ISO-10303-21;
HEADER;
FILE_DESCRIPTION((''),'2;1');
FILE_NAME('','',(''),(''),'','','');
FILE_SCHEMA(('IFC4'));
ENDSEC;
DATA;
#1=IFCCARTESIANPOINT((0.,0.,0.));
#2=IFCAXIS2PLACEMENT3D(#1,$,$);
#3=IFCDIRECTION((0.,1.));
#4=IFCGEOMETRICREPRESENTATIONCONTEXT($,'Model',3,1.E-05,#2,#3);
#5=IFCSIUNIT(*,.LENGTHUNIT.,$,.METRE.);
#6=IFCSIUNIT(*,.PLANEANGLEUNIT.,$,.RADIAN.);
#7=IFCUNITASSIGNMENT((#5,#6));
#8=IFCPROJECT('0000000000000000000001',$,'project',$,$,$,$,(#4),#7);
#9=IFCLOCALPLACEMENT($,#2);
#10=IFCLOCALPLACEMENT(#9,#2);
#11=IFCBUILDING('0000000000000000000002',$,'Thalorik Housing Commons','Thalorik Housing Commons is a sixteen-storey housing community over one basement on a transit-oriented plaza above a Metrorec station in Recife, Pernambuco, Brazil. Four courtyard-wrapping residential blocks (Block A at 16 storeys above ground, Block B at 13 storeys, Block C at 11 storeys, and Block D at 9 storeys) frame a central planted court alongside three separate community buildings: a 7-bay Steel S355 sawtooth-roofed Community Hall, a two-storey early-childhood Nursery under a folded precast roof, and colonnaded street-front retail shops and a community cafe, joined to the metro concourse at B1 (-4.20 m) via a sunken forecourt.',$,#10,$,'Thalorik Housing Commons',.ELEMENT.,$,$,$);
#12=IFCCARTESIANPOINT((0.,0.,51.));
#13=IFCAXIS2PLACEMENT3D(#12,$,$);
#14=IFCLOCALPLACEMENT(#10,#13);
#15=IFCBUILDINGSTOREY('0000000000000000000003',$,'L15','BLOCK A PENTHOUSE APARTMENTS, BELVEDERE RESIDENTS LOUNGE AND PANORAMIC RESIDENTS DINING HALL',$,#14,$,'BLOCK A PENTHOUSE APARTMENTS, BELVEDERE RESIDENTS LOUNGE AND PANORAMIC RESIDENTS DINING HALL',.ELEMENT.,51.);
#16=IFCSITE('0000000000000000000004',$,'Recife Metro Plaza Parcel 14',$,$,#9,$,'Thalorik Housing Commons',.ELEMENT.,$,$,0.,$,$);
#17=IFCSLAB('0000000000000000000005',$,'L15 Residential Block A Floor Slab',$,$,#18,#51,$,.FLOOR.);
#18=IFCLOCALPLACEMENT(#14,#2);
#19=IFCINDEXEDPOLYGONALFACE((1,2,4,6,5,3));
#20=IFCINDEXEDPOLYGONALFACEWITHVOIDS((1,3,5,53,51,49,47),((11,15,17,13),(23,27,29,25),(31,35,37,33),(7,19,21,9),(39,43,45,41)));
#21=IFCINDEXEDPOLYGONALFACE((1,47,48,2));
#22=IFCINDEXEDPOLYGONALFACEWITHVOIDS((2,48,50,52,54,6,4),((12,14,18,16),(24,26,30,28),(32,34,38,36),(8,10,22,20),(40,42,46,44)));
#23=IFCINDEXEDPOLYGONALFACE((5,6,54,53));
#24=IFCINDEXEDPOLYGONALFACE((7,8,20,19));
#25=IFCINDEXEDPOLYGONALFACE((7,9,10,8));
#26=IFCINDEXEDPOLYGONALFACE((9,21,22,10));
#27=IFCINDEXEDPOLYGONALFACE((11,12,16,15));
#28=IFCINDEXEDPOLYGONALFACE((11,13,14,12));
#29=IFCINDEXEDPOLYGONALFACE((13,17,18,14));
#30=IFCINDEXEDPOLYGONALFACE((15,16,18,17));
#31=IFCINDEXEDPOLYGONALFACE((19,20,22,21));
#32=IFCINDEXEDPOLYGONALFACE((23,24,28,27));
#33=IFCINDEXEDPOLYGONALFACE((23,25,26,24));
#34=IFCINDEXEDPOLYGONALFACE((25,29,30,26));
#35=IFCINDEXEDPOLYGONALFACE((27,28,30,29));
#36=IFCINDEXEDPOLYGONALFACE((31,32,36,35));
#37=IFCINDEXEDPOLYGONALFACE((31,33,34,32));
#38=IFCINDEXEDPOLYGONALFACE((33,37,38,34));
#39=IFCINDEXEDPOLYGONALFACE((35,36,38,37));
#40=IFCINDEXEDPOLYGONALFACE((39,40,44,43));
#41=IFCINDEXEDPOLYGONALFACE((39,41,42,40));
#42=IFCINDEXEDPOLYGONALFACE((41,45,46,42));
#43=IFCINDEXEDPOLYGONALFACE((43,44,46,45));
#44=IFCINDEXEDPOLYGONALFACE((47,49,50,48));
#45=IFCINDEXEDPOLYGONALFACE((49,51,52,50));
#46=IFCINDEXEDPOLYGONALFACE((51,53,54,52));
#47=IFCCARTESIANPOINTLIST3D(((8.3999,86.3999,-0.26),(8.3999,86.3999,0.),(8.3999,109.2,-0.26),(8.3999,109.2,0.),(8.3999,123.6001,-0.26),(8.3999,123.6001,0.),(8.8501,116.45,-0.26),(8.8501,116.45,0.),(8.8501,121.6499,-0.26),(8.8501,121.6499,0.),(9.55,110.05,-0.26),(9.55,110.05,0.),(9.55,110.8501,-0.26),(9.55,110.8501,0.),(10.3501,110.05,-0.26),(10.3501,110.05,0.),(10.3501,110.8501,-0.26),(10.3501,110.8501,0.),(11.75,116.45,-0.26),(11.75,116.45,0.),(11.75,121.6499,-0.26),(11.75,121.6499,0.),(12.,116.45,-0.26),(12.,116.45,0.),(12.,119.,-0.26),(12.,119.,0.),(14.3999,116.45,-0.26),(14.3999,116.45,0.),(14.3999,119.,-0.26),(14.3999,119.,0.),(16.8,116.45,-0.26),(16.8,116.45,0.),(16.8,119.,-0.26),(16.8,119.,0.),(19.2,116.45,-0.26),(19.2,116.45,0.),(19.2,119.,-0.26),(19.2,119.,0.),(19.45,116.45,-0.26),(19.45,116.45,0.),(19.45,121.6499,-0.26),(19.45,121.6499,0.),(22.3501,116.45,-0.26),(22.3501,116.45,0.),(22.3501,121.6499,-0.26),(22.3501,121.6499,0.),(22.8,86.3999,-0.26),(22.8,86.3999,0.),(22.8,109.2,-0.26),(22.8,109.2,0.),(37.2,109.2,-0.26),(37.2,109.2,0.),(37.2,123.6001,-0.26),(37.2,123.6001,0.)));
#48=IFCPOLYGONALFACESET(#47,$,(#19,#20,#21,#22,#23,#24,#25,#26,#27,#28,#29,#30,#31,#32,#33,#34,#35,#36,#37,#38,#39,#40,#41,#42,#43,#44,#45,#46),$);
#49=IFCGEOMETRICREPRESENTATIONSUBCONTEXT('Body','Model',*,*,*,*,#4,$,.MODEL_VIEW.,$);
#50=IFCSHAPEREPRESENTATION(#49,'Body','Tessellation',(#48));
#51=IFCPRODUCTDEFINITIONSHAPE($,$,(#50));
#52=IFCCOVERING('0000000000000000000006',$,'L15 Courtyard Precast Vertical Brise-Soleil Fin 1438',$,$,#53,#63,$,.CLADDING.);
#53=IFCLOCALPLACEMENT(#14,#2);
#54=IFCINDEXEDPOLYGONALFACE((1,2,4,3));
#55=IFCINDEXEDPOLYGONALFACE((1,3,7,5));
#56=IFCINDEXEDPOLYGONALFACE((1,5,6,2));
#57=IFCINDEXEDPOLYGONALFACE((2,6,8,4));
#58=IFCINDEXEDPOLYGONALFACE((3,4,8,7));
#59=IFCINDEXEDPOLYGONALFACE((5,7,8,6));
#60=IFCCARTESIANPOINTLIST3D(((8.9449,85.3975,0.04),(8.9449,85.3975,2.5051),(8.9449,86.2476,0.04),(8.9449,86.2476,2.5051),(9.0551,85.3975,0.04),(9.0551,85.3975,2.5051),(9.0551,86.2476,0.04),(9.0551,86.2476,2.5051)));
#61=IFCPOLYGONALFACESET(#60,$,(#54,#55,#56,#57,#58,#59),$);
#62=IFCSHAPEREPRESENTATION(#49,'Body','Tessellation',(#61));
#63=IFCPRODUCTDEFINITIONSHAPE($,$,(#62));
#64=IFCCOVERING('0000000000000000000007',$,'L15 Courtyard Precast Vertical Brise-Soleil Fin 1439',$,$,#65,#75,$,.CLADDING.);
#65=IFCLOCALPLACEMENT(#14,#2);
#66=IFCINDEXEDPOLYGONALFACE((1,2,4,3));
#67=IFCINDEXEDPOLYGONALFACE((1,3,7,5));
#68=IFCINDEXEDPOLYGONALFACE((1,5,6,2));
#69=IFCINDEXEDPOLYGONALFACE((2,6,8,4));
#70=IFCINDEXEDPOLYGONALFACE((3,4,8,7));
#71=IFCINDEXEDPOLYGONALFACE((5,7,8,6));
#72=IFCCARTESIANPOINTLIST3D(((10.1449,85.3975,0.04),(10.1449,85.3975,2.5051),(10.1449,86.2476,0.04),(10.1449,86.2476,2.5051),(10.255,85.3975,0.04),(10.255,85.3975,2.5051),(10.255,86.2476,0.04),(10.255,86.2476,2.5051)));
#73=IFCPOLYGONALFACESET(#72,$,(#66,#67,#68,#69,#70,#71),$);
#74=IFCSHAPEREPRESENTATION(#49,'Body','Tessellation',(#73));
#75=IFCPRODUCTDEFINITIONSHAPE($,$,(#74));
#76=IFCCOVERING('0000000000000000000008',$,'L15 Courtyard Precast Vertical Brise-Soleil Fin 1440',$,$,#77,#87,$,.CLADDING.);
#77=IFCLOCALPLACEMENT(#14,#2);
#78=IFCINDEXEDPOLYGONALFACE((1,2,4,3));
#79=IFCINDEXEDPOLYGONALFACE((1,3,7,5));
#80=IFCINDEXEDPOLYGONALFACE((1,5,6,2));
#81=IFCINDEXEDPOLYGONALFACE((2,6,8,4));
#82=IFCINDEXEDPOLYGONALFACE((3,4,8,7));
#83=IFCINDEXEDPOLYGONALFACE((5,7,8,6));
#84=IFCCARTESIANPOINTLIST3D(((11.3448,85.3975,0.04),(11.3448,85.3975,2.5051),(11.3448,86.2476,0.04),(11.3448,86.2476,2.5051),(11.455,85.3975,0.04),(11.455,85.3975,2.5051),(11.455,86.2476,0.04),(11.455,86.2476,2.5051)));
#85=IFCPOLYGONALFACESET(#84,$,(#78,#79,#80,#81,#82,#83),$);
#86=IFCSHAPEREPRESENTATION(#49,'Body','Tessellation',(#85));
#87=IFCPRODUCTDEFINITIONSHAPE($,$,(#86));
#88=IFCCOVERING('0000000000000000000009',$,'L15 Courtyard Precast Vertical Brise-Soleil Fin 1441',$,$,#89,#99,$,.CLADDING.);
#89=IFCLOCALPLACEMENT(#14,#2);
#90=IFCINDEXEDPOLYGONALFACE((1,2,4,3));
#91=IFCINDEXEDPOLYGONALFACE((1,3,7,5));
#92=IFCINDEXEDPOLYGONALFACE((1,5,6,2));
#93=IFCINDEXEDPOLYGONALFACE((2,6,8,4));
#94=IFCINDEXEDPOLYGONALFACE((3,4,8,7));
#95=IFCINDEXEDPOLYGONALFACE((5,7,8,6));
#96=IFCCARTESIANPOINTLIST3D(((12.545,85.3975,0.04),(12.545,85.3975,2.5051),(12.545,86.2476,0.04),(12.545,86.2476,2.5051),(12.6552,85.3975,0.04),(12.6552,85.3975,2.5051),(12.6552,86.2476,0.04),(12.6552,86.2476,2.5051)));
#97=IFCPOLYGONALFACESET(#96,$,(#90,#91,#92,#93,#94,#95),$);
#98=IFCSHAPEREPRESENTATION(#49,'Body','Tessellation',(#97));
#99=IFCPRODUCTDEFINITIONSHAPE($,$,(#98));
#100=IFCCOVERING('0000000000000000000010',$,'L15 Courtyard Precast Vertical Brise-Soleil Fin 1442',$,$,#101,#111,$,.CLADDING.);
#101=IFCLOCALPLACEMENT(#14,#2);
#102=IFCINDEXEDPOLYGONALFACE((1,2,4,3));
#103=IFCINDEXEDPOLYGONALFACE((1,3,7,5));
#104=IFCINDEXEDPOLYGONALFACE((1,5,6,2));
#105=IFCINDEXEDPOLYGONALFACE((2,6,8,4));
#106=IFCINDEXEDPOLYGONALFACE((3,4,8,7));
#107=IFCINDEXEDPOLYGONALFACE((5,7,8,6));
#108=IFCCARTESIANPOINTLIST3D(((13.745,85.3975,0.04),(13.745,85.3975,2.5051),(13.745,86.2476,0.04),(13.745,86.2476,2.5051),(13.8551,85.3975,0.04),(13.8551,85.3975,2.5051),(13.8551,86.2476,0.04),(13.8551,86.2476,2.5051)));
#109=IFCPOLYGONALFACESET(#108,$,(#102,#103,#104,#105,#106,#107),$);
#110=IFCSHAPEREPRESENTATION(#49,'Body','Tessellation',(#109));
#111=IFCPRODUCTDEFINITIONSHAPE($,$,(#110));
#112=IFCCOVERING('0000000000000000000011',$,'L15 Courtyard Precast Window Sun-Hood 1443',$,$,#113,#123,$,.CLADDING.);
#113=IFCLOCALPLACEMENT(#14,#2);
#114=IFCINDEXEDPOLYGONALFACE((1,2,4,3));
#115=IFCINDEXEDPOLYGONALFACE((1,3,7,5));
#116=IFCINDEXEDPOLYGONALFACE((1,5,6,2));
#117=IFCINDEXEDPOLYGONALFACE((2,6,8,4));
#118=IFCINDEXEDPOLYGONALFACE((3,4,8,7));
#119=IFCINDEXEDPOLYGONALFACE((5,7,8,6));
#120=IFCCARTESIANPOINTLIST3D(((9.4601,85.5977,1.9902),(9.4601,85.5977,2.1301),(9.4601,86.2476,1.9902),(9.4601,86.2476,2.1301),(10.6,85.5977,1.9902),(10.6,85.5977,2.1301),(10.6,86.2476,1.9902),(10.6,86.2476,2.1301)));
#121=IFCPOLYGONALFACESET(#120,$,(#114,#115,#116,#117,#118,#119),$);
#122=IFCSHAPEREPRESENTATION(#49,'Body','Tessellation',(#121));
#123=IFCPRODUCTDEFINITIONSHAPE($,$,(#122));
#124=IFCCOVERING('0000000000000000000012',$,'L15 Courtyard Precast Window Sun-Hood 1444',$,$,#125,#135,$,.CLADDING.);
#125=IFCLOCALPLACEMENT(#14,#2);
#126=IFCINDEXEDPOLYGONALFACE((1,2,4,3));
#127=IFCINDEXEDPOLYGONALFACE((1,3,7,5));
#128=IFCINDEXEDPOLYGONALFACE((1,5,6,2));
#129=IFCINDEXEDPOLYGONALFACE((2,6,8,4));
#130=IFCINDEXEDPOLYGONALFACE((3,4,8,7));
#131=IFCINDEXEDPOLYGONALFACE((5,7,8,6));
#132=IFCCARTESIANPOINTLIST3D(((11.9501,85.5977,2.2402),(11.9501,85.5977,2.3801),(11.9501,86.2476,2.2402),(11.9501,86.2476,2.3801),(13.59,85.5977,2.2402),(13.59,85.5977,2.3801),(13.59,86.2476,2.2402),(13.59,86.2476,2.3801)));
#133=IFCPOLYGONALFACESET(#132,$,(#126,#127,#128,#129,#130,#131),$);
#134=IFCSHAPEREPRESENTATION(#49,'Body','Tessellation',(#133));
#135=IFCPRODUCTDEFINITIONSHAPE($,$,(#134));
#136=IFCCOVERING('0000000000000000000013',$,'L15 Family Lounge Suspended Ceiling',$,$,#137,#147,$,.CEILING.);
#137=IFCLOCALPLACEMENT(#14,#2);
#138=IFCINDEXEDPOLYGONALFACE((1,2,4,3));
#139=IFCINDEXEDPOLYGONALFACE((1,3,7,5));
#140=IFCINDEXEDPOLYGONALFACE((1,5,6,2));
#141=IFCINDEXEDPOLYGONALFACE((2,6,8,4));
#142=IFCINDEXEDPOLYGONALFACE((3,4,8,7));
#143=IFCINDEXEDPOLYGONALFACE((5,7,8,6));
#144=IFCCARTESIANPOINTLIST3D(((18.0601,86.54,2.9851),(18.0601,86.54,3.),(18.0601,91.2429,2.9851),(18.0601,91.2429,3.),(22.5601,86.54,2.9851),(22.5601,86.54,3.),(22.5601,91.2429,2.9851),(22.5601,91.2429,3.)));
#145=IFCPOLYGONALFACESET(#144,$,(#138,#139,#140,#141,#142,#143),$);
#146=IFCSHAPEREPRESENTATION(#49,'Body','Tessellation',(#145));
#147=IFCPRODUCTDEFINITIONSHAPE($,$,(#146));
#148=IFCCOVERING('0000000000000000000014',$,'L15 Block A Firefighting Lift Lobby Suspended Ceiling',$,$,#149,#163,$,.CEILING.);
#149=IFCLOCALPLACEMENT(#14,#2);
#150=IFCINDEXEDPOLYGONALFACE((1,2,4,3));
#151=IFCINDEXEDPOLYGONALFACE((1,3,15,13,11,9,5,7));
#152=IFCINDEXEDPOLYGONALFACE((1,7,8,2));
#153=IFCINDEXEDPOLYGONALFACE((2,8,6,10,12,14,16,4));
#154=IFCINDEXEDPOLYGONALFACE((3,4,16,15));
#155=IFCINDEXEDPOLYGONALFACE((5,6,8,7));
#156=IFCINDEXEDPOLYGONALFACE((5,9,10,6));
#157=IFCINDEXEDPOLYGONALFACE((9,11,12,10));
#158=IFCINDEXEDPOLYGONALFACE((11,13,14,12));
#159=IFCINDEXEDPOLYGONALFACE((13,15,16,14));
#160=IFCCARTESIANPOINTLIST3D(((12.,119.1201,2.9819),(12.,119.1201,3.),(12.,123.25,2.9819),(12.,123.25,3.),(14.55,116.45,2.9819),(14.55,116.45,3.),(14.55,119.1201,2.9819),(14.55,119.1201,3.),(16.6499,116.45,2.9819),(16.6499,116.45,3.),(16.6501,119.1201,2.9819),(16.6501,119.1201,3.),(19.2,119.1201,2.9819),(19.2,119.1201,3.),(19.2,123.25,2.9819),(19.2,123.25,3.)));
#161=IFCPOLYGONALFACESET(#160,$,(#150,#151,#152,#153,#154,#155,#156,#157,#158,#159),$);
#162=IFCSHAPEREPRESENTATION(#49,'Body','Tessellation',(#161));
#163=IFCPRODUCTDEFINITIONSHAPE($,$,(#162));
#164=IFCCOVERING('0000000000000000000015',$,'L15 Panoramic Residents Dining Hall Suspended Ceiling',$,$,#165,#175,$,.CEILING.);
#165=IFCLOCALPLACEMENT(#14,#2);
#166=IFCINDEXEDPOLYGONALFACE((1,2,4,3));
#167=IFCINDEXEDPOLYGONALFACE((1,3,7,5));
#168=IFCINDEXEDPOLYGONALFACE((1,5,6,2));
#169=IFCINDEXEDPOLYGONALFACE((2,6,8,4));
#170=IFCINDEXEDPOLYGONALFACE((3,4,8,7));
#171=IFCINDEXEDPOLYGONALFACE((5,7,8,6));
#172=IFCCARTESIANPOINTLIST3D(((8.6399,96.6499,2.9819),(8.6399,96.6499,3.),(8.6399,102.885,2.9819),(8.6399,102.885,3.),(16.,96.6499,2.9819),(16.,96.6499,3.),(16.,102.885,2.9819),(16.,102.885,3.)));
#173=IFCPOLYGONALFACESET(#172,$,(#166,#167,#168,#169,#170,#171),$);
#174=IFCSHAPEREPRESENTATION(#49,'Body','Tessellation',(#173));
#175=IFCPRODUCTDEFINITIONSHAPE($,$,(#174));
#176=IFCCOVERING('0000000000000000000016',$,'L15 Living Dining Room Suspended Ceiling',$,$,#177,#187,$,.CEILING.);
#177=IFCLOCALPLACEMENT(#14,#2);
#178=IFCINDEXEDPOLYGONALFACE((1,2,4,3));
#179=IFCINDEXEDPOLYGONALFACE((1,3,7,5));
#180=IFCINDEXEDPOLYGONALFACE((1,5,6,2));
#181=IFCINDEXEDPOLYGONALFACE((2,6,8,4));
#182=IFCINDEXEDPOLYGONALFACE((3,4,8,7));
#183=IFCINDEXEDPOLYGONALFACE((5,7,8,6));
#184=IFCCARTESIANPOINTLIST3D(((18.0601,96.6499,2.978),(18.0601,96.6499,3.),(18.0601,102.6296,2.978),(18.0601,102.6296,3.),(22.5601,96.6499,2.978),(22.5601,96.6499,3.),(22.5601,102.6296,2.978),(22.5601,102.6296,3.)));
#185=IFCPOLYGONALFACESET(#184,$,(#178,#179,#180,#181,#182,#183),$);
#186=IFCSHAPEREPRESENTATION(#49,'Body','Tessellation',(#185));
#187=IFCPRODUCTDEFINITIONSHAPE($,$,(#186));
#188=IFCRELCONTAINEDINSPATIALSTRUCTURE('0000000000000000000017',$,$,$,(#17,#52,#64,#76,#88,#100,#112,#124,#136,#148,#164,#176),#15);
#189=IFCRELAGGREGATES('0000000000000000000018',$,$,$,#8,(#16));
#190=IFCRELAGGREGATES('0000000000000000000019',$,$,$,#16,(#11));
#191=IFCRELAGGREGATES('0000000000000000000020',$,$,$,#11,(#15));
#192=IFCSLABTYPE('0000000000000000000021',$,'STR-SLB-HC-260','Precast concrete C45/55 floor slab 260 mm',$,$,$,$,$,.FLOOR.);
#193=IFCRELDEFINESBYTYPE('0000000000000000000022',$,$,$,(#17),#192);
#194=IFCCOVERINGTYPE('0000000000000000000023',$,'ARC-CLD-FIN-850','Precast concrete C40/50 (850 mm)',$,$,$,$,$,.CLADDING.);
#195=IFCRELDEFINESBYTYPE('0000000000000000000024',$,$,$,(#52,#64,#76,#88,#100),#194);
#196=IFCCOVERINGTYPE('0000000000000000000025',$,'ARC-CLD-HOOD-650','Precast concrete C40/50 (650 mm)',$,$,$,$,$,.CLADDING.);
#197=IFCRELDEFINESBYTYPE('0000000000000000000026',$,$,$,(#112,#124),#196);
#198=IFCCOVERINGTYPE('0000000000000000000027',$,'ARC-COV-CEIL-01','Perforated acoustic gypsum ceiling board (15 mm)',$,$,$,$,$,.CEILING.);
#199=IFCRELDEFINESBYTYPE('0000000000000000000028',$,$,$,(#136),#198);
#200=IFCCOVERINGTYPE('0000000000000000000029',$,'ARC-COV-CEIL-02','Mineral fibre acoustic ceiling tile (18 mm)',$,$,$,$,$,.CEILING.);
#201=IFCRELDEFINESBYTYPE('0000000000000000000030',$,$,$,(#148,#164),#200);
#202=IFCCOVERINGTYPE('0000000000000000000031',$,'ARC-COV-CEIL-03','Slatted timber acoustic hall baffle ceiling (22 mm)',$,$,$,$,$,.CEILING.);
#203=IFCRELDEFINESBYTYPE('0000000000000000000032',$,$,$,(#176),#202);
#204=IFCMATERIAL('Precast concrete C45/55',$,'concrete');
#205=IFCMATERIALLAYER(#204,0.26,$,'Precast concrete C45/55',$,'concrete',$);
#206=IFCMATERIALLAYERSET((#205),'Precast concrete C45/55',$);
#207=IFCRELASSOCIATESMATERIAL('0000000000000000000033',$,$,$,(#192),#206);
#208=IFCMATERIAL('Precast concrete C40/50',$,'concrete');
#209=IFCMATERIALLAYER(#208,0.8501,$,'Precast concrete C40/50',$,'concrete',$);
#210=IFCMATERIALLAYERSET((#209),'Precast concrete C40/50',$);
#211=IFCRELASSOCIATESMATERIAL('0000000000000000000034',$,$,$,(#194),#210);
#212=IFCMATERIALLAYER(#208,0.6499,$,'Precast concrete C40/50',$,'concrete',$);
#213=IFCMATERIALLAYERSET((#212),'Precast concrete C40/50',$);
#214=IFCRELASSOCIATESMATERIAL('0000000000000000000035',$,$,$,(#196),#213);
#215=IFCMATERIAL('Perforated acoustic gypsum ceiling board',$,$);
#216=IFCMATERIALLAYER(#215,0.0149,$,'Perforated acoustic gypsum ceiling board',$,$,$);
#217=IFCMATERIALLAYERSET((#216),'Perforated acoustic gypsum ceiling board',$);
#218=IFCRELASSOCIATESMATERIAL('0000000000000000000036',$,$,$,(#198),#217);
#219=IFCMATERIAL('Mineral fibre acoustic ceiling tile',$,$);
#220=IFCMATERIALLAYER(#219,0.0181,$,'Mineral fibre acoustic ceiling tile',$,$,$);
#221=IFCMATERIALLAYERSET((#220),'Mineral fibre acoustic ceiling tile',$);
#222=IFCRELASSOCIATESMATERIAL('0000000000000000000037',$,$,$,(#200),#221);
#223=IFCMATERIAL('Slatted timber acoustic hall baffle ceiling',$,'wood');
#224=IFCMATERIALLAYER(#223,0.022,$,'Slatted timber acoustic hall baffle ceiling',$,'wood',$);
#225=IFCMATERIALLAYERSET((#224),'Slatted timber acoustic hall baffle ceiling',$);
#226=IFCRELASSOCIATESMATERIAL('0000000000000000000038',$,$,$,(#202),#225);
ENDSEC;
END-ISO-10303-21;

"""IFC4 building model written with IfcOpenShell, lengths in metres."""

from ifc_helpers import new_model, si_unit, direction, frame, origin, origin_2d, place, context, subcontext, project, spatial, polyline, rectangle, outline, extrude, material, layer, layer_set, type_object, element, save


model = new_model("IFC4")

# Units and contexts
model_context = context("Model", 3, precision=1e-05, world=origin(), true_north=direction((0.0, 1.0)))
body_context = subcontext(model_context, "Body", "Model", "MODEL_VIEW")
ifc_project = project(units=[si_unit("LENGTHUNIT", "METRE"), si_unit("PLANEANGLEUNIT", "RADIAN")], contexts=[model_context])

# Site, building, storey
site_placement = place(None, origin())
site = spatial("IfcSite", under=ifc_project, at=site_placement, Name="Recife Metro Plaza Parcel 14", LongName="Thalorik Housing Commons", CompositionType="ELEMENT", RefElevation=0.0)
building_placement = place(site_placement, origin())
building = spatial("IfcBuilding", under=site, at=building_placement, Name="Thalorik Housing Commons", Description="Thalorik Housing Commons is a sixteen-storey housing community over one basement on a transit-oriented plaza above a Metrorec station in Recife, Pernambuco, Brazil. Four courtyard-wrapping residential blocks (Block A at 16 storeys above ground, Block B at 13 storeys, Block C at 11 storeys, and Block D at 9 storeys) frame a central planted court alongside three separate community buildings: a 7-bay Steel S355 sawtooth-roofed Community Hall, a two-storey early-childhood Nursery under a folded precast roof, and colonnaded street-front retail shops and a community cafe, joined to the metro concourse at B1 (-4.20 m) via a sunken forecourt.", LongName="Thalorik Housing Commons", CompositionType="ELEMENT")
storey_placement = place(building_placement, frame((0.0, 0.0, 51.0)))
storey = spatial("IfcBuildingStorey", under=building, at=storey_placement, Name="L15", Description="BLOCK A PENTHOUSE APARTMENTS, BELVEDERE RESIDENTS LOUNGE AND PANORAMIC RESIDENTS DINING HALL", LongName="BLOCK A PENTHOUSE APARTMENTS, BELVEDERE RESIDENTS LOUNGE AND PANORAMIC RESIDENTS DINING HALL", CompositionType="ELEMENT", Elevation=51.0)

# Shared definitions
ifc_material_1 = material(Name="Precast concrete C40/50", Category="concrete")

# Slab
ifc_material_2 = material(Name="Precast concrete C45/55", Category="concrete")
ifc_layer_1 = layer(ifc_material_2, 0.26, Name="Precast concrete C45/55", Category="concrete")
ifc_layer_set_1 = layer_set([ifc_layer_1], Name="Precast concrete C45/55")
slab_type_1 = type_object("IfcSlabType", Name="STR-SLB-HC-260", Description="Precast concrete C45/55 floor slab 260 mm", PredefinedType="FLOOR", material=ifc_layer_set_1)
slab_1_placement = place(storey_placement, frame((0.0, 0.0, -0.26)))
element("IfcSlab", 1, at=slab_1_placement, inside=storey, type_object=slab_type_1, Name="L15 Residential Block A Floor Slab", PredefinedType="FLOOR", context=body_context, shape_type="SweptSolid", body=[
    extrude(outline(polyline([(8.3999, 123.6001), (8.3999, 109.2), (8.3999, 86.3999), (22.8, 86.3999), (22.8, 109.2), (37.2, 109.2), (37.2, 123.6001), (8.3999, 123.6001)]), holes=[polyline([(8.8501, 121.6499), (11.75, 121.6499), (11.75, 116.45), (8.8501, 116.45), (8.8501, 121.6499)]), polyline([(22.3501, 121.6499), (22.3501, 116.45), (19.45, 116.45), (19.45, 121.6499), (22.3501, 121.6499)]), polyline([(14.3999, 119.0), (14.3999, 116.45), (12.0, 116.45), (12.0, 119.0), (14.3999, 119.0)]), polyline([(19.2, 116.45), (16.8, 116.45), (16.8, 119.0), (19.2, 119.0), (19.2, 116.45)]), polyline([(9.55, 110.05), (9.55, 110.8501), (10.3501, 110.8501), (10.3501, 110.05), (9.55, 110.05)])]), origin(), (0.0, 0.0, 1.0), 0.26),
])

# Coverings
ifc_layer_2 = layer(ifc_material_1, 0.8501, Name="Precast concrete C40/50", Category="concrete")
ifc_layer_set_2 = layer_set([ifc_layer_2], Name="Precast concrete C40/50")
covering_type_1 = type_object("IfcCoveringType", Name="ARC-CLD-FIN-850", Description="Precast concrete C40/50 (850 mm)", PredefinedType="CLADDING", material=ifc_layer_set_2)
for number, where, z_axis, x_axis, name in (
    (2, (9.0, 85.8225, 0.04), (0.0, 0.0, 1.0), (1.0, 0.0, 0.0), "L15 Courtyard Precast Vertical Brise-Soleil Fin 1438"),
    (3, (10.2, 85.8225, 0.04), (0.0, 0.0, 1.0), (1.0, 0.0, 0.0), "L15 Courtyard Precast Vertical Brise-Soleil Fin 1439"),
    (4, (11.3999, 85.8225, 0.04), (0.0, 0.0, 1.0), (1.0, 0.0, 0.0), "L15 Courtyard Precast Vertical Brise-Soleil Fin 1440"),
    (5, (12.6001, 85.8225, 0.04), (0.0, 0.0, 1.0), (1.0, 0.0, 0.0), "L15 Courtyard Precast Vertical Brise-Soleil Fin 1441"),
    (6, (13.8, 85.8225, 0.04), (0.0, 0.0, 1.0), (1.0, 0.0, 0.0), "L15 Courtyard Precast Vertical Brise-Soleil Fin 1442"),
):
    element("IfcCovering", number, at=place(storey_placement, frame(where, z_axis=z_axis, x_axis=x_axis)), inside=storey, type_object=covering_type_1, Name=name, PredefinedType="CLADDING", context=body_context, shape_type="SweptSolid", body=[
        extrude(rectangle(XDim=0.1101, YDim=0.8501, at=origin_2d()), origin(), (0.0, 0.0, 1.0), 2.4651),
    ])
ifc_layer_3 = layer(ifc_material_1, 0.6499, Name="Precast concrete C40/50", Category="concrete")
ifc_layer_set_3 = layer_set([ifc_layer_3], Name="Precast concrete C40/50")
covering_type_2 = type_object("IfcCoveringType", Name="ARC-CLD-HOOD-650", Description="Precast concrete C40/50 (650 mm)", PredefinedType="CLADDING", material=ifc_layer_set_3)
covering_1_placement = place(storey_placement, frame((10.03, 85.9226, 1.9902), z_axis=(0.0, 0.0, 1.0), x_axis=(1.0, 0.0, 0.0)))
element("IfcCovering", 7, at=covering_1_placement, inside=storey, type_object=covering_type_2, Name="L15 Courtyard Precast Window Sun-Hood 1443", PredefinedType="CLADDING", context=body_context, shape_type="SweptSolid", body=[
    extrude(rectangle(XDim=1.1399, YDim=0.6499, at=origin_2d()), origin(), (0.0, 0.0, 1.0), 0.1399),
])
covering_2_placement = place(storey_placement, frame((12.77, 85.9226, 2.2402), z_axis=(0.0, 0.0, 1.0), x_axis=(1.0, 0.0, 0.0)))
element("IfcCovering", 8, at=covering_2_placement, inside=storey, type_object=covering_type_2, Name="L15 Courtyard Precast Window Sun-Hood 1444", PredefinedType="CLADDING", context=body_context, shape_type="SweptSolid", body=[
    extrude(rectangle(XDim=1.6399, YDim=0.6499, at=origin_2d()), origin(), (0.0, 0.0, 1.0), 0.1399),
])
ifc_material_3 = material(Name="Perforated acoustic gypsum ceiling board")
ifc_layer_4 = layer(ifc_material_3, 0.0149, Name="Perforated acoustic gypsum ceiling board")
ifc_layer_set_4 = layer_set([ifc_layer_4], Name="Perforated acoustic gypsum ceiling board")
covering_type_3 = type_object("IfcCoveringType", Name="ARC-COV-CEIL-01", Description="Perforated acoustic gypsum ceiling board (15 mm)", PredefinedType="CEILING", material=ifc_layer_set_4)
covering_3_placement = place(storey_placement, frame((0.0, 0.0, 2.9851)))
element("IfcCovering", 9, at=covering_3_placement, inside=storey, type_object=covering_type_3, Name="L15 Family Lounge Suspended Ceiling", PredefinedType="CEILING", context=body_context, shape_type="SweptSolid", body=[
    extrude(outline(polyline([(22.5601, 91.2429), (18.0601, 91.2429), (18.0601, 86.54), (22.5601, 86.54), (22.5601, 91.2429)])), origin(), (0.0, 0.0, 1.0), 0.0149),
])
ifc_material_4 = material(Name="Mineral fibre acoustic ceiling tile")
ifc_layer_5 = layer(ifc_material_4, 0.0181, Name="Mineral fibre acoustic ceiling tile")
ifc_layer_set_5 = layer_set([ifc_layer_5], Name="Mineral fibre acoustic ceiling tile")
covering_type_4 = type_object("IfcCoveringType", Name="ARC-COV-CEIL-02", Description="Mineral fibre acoustic ceiling tile (18 mm)", PredefinedType="CEILING", material=ifc_layer_set_5)
covering_4_placement = place(storey_placement, frame((0.0, 0.0, 2.9819)))
element("IfcCovering", 10, at=covering_4_placement, inside=storey, type_object=covering_type_4, Name="L15 Block A Firefighting Lift Lobby Suspended Ceiling", PredefinedType="CEILING", context=body_context, shape_type="SweptSolid", body=[
    extrude(outline(polyline([(14.55, 116.45), (16.6499, 116.45), (16.6501, 119.1201), (19.2, 119.1201), (19.2, 123.25), (12.0, 123.25), (12.0, 119.1201), (14.55, 119.1201), (14.55, 116.45)])), origin(), (0.0, 0.0, 1.0), 0.0181),
])
covering_5_placement = place(storey_placement, frame((0.0, 0.0, 2.9819)))
element("IfcCovering", 11, at=covering_5_placement, inside=storey, type_object=covering_type_4, Name="L15 Panoramic Residents Dining Hall Suspended Ceiling", PredefinedType="CEILING", context=body_context, shape_type="SweptSolid", body=[
    extrude(outline(polyline([(16.0, 102.885), (8.6399, 102.885), (8.6399, 96.6499), (16.0, 96.6499), (16.0, 102.885)])), origin(), (0.0, 0.0, 1.0), 0.0181),
])
ifc_material_5 = material(Name="Slatted timber acoustic hall baffle ceiling", Category="wood")
ifc_layer_6 = layer(ifc_material_5, 0.022, Name="Slatted timber acoustic hall baffle ceiling", Category="wood")
ifc_layer_set_6 = layer_set([ifc_layer_6], Name="Slatted timber acoustic hall baffle ceiling")
covering_type_5 = type_object("IfcCoveringType", Name="ARC-COV-CEIL-03", Description="Slatted timber acoustic hall baffle ceiling (22 mm)", PredefinedType="CEILING", material=ifc_layer_set_6)
covering_6_placement = place(storey_placement, frame((0.0, 0.0, 2.978)))
element("IfcCovering", 12, at=covering_6_placement, inside=storey, type_object=covering_type_5, Name="L15 Living Dining Room Suspended Ceiling", PredefinedType="CEILING", context=body_context, shape_type="SweptSolid", body=[
    extrude(outline(polyline([(22.5601, 102.6296), (18.0601, 102.6296), (18.0601, 96.6499), (22.5601, 96.6499), (22.5601, 102.6296)])), origin(), (0.0, 0.0, 1.0), 0.022),
])

save(model, "model.ifc")
